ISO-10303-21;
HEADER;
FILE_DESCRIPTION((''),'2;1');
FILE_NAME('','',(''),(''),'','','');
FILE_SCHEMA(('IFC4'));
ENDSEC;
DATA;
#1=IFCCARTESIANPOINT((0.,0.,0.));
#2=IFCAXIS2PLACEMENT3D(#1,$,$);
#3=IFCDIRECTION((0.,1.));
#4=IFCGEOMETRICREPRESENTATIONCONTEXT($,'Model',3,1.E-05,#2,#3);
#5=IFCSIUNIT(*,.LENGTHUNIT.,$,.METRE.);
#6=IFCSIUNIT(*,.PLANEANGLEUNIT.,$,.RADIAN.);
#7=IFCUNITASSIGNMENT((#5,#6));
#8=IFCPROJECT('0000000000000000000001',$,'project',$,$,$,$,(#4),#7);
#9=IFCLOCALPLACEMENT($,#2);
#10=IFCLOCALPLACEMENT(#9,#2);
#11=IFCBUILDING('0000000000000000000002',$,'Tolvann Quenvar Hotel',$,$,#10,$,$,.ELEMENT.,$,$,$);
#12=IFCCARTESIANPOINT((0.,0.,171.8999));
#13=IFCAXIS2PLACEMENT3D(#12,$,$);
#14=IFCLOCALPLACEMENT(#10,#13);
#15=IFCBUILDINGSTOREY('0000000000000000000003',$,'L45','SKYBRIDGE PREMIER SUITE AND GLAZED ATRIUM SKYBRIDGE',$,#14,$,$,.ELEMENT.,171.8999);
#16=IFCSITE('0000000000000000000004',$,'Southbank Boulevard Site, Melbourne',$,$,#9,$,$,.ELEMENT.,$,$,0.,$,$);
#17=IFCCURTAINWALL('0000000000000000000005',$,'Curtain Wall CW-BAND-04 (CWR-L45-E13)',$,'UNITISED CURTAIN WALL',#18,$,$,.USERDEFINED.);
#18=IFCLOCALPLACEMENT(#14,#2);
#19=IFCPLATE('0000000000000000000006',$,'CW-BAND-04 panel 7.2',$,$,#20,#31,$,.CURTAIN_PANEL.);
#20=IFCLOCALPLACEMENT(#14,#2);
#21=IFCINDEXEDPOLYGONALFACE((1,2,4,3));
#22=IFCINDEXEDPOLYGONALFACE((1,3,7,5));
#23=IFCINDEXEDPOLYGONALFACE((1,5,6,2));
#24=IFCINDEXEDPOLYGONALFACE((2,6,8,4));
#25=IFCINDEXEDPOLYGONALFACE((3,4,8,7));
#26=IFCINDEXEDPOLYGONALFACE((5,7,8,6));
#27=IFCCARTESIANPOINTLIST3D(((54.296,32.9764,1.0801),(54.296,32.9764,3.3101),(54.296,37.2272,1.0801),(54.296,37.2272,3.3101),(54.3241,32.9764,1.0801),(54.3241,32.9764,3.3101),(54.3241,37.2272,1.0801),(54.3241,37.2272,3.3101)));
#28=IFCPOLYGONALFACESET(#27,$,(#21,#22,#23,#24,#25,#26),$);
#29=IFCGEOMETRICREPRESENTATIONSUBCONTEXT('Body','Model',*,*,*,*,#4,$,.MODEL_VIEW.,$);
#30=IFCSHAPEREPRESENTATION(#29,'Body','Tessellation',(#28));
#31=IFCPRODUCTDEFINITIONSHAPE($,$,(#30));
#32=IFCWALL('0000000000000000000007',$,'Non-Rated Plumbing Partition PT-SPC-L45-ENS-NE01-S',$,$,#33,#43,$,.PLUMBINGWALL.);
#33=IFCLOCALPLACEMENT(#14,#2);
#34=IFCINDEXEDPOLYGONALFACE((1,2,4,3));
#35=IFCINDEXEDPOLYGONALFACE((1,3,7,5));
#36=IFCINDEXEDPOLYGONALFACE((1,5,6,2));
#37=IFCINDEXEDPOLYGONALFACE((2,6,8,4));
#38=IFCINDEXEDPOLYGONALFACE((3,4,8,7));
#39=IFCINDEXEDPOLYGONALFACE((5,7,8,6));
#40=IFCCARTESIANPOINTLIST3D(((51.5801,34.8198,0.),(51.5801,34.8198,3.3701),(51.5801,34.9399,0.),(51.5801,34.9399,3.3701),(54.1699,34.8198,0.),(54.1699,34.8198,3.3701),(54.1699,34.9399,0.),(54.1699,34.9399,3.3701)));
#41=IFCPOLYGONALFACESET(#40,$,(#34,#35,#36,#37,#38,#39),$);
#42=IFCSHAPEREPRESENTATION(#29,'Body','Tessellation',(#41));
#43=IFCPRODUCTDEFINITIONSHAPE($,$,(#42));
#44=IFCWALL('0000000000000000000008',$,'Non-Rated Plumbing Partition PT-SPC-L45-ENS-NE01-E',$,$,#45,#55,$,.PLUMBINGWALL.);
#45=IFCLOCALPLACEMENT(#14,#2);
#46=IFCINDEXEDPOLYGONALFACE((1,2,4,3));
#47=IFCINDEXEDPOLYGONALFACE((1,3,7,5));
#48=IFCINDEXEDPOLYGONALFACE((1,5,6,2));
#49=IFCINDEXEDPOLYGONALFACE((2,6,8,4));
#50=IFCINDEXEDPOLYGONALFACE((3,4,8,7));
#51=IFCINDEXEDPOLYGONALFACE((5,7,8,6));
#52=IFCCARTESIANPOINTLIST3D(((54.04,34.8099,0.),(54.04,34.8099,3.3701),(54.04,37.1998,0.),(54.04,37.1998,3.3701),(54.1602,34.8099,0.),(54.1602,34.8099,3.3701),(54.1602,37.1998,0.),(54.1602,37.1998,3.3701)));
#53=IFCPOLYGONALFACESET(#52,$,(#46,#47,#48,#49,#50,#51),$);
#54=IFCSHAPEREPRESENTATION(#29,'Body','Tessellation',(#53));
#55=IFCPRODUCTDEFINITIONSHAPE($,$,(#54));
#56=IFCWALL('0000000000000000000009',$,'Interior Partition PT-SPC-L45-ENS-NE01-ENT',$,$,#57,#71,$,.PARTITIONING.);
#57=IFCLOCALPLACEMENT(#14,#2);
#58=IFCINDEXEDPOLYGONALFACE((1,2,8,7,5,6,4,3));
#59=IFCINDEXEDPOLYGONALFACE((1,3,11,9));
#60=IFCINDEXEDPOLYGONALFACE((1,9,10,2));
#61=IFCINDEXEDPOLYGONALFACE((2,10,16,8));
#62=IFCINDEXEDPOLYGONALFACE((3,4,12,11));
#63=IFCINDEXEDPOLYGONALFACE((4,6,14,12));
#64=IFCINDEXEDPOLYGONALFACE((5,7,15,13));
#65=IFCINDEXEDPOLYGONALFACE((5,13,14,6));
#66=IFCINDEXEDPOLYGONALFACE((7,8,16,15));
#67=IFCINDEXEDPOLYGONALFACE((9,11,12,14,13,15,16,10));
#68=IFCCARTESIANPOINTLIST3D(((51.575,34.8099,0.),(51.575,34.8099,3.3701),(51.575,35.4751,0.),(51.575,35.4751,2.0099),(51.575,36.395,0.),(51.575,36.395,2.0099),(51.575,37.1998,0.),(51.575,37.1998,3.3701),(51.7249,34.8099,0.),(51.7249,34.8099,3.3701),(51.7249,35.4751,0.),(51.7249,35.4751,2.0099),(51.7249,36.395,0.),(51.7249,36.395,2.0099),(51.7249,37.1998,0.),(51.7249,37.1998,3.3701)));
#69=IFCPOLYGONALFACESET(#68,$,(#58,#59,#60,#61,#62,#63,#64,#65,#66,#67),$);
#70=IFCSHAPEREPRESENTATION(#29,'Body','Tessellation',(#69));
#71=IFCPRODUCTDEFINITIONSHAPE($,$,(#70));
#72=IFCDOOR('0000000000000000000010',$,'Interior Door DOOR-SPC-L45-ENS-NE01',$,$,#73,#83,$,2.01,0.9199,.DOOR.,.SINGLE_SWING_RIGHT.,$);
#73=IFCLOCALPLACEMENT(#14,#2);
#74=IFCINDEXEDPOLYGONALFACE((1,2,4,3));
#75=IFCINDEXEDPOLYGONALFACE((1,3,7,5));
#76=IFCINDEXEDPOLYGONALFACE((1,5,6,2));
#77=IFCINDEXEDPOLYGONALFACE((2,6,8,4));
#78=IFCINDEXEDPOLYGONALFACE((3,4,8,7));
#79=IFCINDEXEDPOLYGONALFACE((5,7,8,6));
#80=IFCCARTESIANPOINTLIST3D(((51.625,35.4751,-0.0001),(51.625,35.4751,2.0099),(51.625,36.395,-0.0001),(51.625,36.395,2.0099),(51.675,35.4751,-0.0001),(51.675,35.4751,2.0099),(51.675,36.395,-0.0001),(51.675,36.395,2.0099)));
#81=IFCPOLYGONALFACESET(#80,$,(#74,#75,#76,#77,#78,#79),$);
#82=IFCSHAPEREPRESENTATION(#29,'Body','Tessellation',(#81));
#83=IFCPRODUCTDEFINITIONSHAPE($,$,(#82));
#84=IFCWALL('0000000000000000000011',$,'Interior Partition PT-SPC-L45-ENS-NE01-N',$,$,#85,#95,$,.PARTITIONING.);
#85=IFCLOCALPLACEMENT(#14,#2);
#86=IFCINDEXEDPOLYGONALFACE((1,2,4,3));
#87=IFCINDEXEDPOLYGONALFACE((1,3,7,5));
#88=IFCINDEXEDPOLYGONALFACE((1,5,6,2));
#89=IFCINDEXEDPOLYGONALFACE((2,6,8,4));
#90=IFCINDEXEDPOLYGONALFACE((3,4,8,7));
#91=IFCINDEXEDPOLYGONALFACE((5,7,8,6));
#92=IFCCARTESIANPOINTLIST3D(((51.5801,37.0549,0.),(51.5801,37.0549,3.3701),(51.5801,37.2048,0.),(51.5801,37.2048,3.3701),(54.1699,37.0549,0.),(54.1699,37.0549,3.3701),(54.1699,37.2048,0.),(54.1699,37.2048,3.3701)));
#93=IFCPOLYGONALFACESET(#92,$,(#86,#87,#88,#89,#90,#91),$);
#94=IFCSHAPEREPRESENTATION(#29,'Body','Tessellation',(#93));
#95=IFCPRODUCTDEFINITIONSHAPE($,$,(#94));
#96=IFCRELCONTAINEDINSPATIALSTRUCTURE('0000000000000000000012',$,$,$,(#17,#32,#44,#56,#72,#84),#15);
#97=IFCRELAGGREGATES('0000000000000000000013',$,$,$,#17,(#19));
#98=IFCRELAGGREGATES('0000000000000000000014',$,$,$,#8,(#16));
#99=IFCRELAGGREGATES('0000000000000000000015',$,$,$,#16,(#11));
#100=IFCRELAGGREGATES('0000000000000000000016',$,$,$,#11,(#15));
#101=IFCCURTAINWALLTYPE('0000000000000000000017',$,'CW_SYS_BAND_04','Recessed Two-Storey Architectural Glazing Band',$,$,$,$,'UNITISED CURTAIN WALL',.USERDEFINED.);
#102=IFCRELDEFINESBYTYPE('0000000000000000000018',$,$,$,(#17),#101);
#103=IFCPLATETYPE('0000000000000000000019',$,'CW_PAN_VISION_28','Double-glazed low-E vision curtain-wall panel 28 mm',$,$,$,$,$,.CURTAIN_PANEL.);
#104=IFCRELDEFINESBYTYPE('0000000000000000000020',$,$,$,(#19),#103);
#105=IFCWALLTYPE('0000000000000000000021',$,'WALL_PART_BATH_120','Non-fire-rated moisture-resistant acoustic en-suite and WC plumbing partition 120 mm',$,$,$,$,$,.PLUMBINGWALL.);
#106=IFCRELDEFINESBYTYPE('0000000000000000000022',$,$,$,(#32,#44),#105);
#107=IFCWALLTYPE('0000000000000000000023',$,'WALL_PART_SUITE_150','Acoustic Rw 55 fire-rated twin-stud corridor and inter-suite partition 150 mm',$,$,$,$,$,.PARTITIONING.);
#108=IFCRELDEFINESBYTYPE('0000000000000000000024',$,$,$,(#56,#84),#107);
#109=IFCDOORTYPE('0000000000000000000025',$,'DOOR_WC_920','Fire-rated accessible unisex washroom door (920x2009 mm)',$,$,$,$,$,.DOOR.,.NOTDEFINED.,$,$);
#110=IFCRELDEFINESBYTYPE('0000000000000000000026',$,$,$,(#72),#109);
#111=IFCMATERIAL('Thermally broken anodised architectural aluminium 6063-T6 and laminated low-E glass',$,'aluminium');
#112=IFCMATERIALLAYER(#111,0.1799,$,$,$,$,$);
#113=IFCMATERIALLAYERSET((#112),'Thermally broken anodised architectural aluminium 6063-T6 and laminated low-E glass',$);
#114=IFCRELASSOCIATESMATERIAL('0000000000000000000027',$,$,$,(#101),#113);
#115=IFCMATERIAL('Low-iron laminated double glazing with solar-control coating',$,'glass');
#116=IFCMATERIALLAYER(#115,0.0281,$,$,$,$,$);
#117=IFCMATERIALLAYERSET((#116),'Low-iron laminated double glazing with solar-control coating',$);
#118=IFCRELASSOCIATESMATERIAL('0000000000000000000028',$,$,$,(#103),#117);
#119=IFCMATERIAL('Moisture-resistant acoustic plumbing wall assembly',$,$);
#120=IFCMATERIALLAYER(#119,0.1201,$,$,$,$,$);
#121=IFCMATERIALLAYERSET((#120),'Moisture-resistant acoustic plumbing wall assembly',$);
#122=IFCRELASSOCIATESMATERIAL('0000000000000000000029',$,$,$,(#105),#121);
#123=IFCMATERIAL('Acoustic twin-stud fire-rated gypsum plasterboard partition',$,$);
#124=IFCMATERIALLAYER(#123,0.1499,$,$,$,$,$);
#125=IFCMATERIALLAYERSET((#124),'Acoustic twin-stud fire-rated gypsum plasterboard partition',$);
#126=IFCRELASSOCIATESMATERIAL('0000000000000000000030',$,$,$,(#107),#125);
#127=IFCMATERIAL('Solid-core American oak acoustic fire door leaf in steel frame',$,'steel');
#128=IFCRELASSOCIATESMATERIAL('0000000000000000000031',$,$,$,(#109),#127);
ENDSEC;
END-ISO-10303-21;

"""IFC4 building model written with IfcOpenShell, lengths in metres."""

from ifc_helpers import new_model, si_unit, direction, frame, frame_2d, origin, origin_2d, place, context, subcontext, project, spatial, rectangle, extrude, source, transform, mapped, material, layer, layer_set, type_object, type_shapes, element, fill, aggregate, save


model = new_model("IFC4")

# Units and contexts
model_context = context("Model", 3, precision=1e-05, world=origin(), true_north=direction((0.0, 1.0)))
body_context = subcontext(model_context, "Body", "Model", "MODEL_VIEW")
ifc_project = project(units=[si_unit("LENGTHUNIT", "METRE"), si_unit("PLANEANGLEUNIT", "RADIAN")], contexts=[model_context])

# Site, building, storey
site_placement = place(None, origin())
site = spatial("IfcSite", under=ifc_project, at=site_placement, Name="Southbank Boulevard Site, Melbourne", CompositionType="ELEMENT", RefElevation=0.0)
building_placement = place(site_placement, origin())
building = spatial("IfcBuilding", under=site, at=building_placement, Name="Tolvann Quenvar Hotel", CompositionType="ELEMENT")
storey_placement = place(building_placement, frame((0.0, 0.0, 171.8999)))
storey = spatial("IfcBuildingStorey", under=building, at=storey_placement, Name="L45", Description="SKYBRIDGE PREMIER SUITE AND GLAZED ATRIUM SKYBRIDGE", CompositionType="ELEMENT", Elevation=171.8999)

# Curtain wall, plate
ifc_material_1 = material(Name="Thermally broken anodised architectural aluminium 6063-T6 and laminated low-E glass", Category="aluminium")
ifc_layer_1 = layer(ifc_material_1, 0.1799)
ifc_layer_set_1 = layer_set([ifc_layer_1], Name="Thermally broken anodised architectural aluminium 6063-T6 and laminated low-E glass")
curtain_wall_type = type_object("IfcCurtainWallType", Name="CW_SYS_BAND_04", Description="Recessed Two-Storey Architectural Glazing Band", ElementType="UNITISED CURTAIN WALL", PredefinedType="USERDEFINED", material=ifc_layer_set_1)
curtain_wall_placement = place(storey_placement, origin())
curtain_wall = element("IfcCurtainWall", 1, at=curtain_wall_placement, inside=storey, type_object=curtain_wall_type, Name="Curtain Wall CW-BAND-04 (CWR-L45-E13)", ObjectType="UNITISED CURTAIN WALL", PredefinedType="USERDEFINED")
ifc_material_2 = material(Name="Low-iron laminated double glazing with solar-control coating", Category="glass")
ifc_layer_2 = layer(ifc_material_2, 0.0281)
ifc_layer_set_2 = layer_set([ifc_layer_2], Name="Low-iron laminated double glazing with solar-control coating")
plate_type = type_object("IfcPlateType", Name="CW_PAN_VISION_28", Description="Double-glazed low-E vision curtain-wall panel 28 mm", PredefinedType="CURTAIN_PANEL", material=ifc_layer_set_2)
shared_shape_1 = source(origin(), body_context, "Body", "SweptSolid", [
    extrude(rectangle(XDim=4.2507, YDim=0.0281, at=origin_2d()), origin(), (0.0, 0.0, 1.0), 2.23),
])
plate_1_placement = place(storey_placement, frame((54.3101, 35.1018, 1.0801), z_axis=(0.0, 0.0, 1.0), x_axis=(0.0, 1.0, 0.0)))
plate_1 = element("IfcPlate", 2, at=plate_1_placement, type_object=plate_type, Name="CW-BAND-04 panel 7.2", PredefinedType="CURTAIN_PANEL", context=body_context, shape_type="MappedRepresentation", body=[
    mapped(shared_shape_1, transform((0.0, 0.0, 0.0), x_axis=(1.0, 0.0, 0.0), y_axis=(0.0, 1.0, 0.0), z_axis=(0.0, 0.0, 1.0), scale=1.0)),
])
aggregate(curtain_wall, [plate_1])

# Walls
ifc_material_3 = material(Name="Moisture-resistant acoustic plumbing wall assembly")
ifc_layer_3 = layer(ifc_material_3, 0.1201)
ifc_layer_set_3 = layer_set([ifc_layer_3], Name="Moisture-resistant acoustic plumbing wall assembly")
wall_type_1 = type_object("IfcWallType", Name="WALL_PART_BATH_120", Description="Non-fire-rated moisture-resistant acoustic en-suite and WC plumbing partition 120 mm", PredefinedType="PLUMBINGWALL", material=ifc_layer_set_3)
wall_1_placement = place(storey_placement, frame((51.5801, 34.8799, 0.0), z_axis=(0.0, 0.0, 1.0), x_axis=(1.0, 0.0, 0.0)))
element("IfcWall", 3, at=wall_1_placement, inside=storey, type_object=wall_type_1, Name="Non-Rated Plumbing Partition PT-SPC-L45-ENS-NE01-S", PredefinedType="PLUMBINGWALL", context=body_context, shape_type="SweptSolid", body=[
    extrude(rectangle(XDim=2.5898, YDim=0.1201, at=frame_2d((1.2949, 0.0))), origin(), (0.0, 0.0, 1.0), 3.3701),
])
wall_2_placement = place(storey_placement, frame((54.1001, 34.8101, 0.0), z_axis=(0.0, 0.0, 1.0), x_axis=(0.0, 1.0, 0.0)))
element("IfcWall", 4, at=wall_2_placement, inside=storey, type_object=wall_type_1, Name="Non-Rated Plumbing Partition PT-SPC-L45-ENS-NE01-E", PredefinedType="PLUMBINGWALL", context=body_context, shape_type="SweptSolid", body=[
    extrude(rectangle(XDim=2.3899, YDim=0.1201, at=frame_2d((1.1948, 0.0))), origin(), (0.0, 0.0, 1.0), 3.3701),
])

# Wall, opening, door
ifc_material_4 = material(Name="Acoustic twin-stud fire-rated gypsum plasterboard partition")
ifc_layer_4 = layer(ifc_material_4, 0.1499)
ifc_layer_set_4 = layer_set([ifc_layer_4], Name="Acoustic twin-stud fire-rated gypsum plasterboard partition")
wall_type_2 = type_object("IfcWallType", Name="WALL_PART_SUITE_150", Description="Acoustic Rw 55 fire-rated twin-stud corridor and inter-suite partition 150 mm", PredefinedType="PARTITIONING", material=ifc_layer_set_4)
wall_3_placement = place(storey_placement, frame((51.6499, 34.8101, 0.0), z_axis=(0.0, 0.0, 1.0), x_axis=(0.0, 1.0, 0.0)))
wall_3 = element("IfcWall", 5, at=wall_3_placement, inside=storey, type_object=wall_type_2, Name="Interior Partition PT-SPC-L45-ENS-NE01-ENT", PredefinedType="PARTITIONING", context=body_context, shape_type="SweptSolid", body=[
    extrude(rectangle(XDim=2.3899, YDim=0.1499, at=frame_2d((1.1948, 0.0))), origin(), (0.0, 0.0, 1.0), 3.3701),
])
opening_placement = place(wall_3_placement, frame((0.665, 0.0, 0.0)))
opening = element("IfcOpeningElement", 6, at=opening_placement, cuts=wall_3, PredefinedType="OPENING", context=body_context, shape_type="SweptSolid", body=[
    extrude(rectangle(XDim=0.9199, YDim=2.01, at=frame_2d((0.46, 1.0049))), frame((0.0, 0.085, 0.0), z_axis=(0.0, -1.0, 0.0), x_axis=(1.0, 0.0, 0.0)), (0.0, 0.0, 1.0), 0.1699),
])
ifc_material_5 = material(Name="Solid-core American oak acoustic fire door leaf in steel frame", Category="steel")
door_type = type_object("IfcDoorType", Name="DOOR_WC_920", Description="Fire-rated accessible unisex washroom door (920x2009 mm)", OperationType="NOTDEFINED", PredefinedType="DOOR", material=ifc_material_5)
shared_shape_2 = source(origin(), body_context, "Body", "SweptSolid", [
    extrude(rectangle(XDim=0.9199, YDim=2.01, at=frame_2d((0.46, 1.0049))), frame((0.0, 0.0249, 0.0), z_axis=(0.0, -1.0, 0.0), x_axis=(1.0, 0.0, 0.0)), (0.0, 0.0, 1.0), 0.05),
])
type_shapes(door_type, [shared_shape_2])
door_placement = place(opening_placement, origin())
door = element("IfcDoor", 7, at=door_placement, inside=storey, type_object=door_type, Name="Interior Door DOOR-SPC-L45-ENS-NE01", OperationType="SINGLE_SWING_RIGHT", OverallHeight=2.01, OverallWidth=0.9199, PredefinedType="DOOR", context=body_context, shape_type="MappedRepresentation", body=[
    mapped(shared_shape_2, transform((0.0, 0.0, 0.0), x_axis=(1.0, 0.0, 0.0), y_axis=(0.0, 1.0, 0.0), z_axis=(0.0, 0.0, 1.0), scale=1.0)),
])
fill(opening, door)

# Wall
wall_4_placement = place(storey_placement, frame((51.5801, 37.1299, 0.0), z_axis=(0.0, 0.0, 1.0), x_axis=(1.0, 0.0, 0.0)))
element("IfcWall", 8, at=wall_4_placement, inside=storey, type_object=wall_type_2, Name="Interior Partition PT-SPC-L45-ENS-NE01-N", PredefinedType="PARTITIONING", context=body_context, shape_type="SweptSolid", body=[
    extrude(rectangle(XDim=2.5898, YDim=0.1499, at=frame_2d((1.2949, 0.0))), origin(), (0.0, 0.0, 1.0), 3.3701),
])

save(model, "model.ifc")
